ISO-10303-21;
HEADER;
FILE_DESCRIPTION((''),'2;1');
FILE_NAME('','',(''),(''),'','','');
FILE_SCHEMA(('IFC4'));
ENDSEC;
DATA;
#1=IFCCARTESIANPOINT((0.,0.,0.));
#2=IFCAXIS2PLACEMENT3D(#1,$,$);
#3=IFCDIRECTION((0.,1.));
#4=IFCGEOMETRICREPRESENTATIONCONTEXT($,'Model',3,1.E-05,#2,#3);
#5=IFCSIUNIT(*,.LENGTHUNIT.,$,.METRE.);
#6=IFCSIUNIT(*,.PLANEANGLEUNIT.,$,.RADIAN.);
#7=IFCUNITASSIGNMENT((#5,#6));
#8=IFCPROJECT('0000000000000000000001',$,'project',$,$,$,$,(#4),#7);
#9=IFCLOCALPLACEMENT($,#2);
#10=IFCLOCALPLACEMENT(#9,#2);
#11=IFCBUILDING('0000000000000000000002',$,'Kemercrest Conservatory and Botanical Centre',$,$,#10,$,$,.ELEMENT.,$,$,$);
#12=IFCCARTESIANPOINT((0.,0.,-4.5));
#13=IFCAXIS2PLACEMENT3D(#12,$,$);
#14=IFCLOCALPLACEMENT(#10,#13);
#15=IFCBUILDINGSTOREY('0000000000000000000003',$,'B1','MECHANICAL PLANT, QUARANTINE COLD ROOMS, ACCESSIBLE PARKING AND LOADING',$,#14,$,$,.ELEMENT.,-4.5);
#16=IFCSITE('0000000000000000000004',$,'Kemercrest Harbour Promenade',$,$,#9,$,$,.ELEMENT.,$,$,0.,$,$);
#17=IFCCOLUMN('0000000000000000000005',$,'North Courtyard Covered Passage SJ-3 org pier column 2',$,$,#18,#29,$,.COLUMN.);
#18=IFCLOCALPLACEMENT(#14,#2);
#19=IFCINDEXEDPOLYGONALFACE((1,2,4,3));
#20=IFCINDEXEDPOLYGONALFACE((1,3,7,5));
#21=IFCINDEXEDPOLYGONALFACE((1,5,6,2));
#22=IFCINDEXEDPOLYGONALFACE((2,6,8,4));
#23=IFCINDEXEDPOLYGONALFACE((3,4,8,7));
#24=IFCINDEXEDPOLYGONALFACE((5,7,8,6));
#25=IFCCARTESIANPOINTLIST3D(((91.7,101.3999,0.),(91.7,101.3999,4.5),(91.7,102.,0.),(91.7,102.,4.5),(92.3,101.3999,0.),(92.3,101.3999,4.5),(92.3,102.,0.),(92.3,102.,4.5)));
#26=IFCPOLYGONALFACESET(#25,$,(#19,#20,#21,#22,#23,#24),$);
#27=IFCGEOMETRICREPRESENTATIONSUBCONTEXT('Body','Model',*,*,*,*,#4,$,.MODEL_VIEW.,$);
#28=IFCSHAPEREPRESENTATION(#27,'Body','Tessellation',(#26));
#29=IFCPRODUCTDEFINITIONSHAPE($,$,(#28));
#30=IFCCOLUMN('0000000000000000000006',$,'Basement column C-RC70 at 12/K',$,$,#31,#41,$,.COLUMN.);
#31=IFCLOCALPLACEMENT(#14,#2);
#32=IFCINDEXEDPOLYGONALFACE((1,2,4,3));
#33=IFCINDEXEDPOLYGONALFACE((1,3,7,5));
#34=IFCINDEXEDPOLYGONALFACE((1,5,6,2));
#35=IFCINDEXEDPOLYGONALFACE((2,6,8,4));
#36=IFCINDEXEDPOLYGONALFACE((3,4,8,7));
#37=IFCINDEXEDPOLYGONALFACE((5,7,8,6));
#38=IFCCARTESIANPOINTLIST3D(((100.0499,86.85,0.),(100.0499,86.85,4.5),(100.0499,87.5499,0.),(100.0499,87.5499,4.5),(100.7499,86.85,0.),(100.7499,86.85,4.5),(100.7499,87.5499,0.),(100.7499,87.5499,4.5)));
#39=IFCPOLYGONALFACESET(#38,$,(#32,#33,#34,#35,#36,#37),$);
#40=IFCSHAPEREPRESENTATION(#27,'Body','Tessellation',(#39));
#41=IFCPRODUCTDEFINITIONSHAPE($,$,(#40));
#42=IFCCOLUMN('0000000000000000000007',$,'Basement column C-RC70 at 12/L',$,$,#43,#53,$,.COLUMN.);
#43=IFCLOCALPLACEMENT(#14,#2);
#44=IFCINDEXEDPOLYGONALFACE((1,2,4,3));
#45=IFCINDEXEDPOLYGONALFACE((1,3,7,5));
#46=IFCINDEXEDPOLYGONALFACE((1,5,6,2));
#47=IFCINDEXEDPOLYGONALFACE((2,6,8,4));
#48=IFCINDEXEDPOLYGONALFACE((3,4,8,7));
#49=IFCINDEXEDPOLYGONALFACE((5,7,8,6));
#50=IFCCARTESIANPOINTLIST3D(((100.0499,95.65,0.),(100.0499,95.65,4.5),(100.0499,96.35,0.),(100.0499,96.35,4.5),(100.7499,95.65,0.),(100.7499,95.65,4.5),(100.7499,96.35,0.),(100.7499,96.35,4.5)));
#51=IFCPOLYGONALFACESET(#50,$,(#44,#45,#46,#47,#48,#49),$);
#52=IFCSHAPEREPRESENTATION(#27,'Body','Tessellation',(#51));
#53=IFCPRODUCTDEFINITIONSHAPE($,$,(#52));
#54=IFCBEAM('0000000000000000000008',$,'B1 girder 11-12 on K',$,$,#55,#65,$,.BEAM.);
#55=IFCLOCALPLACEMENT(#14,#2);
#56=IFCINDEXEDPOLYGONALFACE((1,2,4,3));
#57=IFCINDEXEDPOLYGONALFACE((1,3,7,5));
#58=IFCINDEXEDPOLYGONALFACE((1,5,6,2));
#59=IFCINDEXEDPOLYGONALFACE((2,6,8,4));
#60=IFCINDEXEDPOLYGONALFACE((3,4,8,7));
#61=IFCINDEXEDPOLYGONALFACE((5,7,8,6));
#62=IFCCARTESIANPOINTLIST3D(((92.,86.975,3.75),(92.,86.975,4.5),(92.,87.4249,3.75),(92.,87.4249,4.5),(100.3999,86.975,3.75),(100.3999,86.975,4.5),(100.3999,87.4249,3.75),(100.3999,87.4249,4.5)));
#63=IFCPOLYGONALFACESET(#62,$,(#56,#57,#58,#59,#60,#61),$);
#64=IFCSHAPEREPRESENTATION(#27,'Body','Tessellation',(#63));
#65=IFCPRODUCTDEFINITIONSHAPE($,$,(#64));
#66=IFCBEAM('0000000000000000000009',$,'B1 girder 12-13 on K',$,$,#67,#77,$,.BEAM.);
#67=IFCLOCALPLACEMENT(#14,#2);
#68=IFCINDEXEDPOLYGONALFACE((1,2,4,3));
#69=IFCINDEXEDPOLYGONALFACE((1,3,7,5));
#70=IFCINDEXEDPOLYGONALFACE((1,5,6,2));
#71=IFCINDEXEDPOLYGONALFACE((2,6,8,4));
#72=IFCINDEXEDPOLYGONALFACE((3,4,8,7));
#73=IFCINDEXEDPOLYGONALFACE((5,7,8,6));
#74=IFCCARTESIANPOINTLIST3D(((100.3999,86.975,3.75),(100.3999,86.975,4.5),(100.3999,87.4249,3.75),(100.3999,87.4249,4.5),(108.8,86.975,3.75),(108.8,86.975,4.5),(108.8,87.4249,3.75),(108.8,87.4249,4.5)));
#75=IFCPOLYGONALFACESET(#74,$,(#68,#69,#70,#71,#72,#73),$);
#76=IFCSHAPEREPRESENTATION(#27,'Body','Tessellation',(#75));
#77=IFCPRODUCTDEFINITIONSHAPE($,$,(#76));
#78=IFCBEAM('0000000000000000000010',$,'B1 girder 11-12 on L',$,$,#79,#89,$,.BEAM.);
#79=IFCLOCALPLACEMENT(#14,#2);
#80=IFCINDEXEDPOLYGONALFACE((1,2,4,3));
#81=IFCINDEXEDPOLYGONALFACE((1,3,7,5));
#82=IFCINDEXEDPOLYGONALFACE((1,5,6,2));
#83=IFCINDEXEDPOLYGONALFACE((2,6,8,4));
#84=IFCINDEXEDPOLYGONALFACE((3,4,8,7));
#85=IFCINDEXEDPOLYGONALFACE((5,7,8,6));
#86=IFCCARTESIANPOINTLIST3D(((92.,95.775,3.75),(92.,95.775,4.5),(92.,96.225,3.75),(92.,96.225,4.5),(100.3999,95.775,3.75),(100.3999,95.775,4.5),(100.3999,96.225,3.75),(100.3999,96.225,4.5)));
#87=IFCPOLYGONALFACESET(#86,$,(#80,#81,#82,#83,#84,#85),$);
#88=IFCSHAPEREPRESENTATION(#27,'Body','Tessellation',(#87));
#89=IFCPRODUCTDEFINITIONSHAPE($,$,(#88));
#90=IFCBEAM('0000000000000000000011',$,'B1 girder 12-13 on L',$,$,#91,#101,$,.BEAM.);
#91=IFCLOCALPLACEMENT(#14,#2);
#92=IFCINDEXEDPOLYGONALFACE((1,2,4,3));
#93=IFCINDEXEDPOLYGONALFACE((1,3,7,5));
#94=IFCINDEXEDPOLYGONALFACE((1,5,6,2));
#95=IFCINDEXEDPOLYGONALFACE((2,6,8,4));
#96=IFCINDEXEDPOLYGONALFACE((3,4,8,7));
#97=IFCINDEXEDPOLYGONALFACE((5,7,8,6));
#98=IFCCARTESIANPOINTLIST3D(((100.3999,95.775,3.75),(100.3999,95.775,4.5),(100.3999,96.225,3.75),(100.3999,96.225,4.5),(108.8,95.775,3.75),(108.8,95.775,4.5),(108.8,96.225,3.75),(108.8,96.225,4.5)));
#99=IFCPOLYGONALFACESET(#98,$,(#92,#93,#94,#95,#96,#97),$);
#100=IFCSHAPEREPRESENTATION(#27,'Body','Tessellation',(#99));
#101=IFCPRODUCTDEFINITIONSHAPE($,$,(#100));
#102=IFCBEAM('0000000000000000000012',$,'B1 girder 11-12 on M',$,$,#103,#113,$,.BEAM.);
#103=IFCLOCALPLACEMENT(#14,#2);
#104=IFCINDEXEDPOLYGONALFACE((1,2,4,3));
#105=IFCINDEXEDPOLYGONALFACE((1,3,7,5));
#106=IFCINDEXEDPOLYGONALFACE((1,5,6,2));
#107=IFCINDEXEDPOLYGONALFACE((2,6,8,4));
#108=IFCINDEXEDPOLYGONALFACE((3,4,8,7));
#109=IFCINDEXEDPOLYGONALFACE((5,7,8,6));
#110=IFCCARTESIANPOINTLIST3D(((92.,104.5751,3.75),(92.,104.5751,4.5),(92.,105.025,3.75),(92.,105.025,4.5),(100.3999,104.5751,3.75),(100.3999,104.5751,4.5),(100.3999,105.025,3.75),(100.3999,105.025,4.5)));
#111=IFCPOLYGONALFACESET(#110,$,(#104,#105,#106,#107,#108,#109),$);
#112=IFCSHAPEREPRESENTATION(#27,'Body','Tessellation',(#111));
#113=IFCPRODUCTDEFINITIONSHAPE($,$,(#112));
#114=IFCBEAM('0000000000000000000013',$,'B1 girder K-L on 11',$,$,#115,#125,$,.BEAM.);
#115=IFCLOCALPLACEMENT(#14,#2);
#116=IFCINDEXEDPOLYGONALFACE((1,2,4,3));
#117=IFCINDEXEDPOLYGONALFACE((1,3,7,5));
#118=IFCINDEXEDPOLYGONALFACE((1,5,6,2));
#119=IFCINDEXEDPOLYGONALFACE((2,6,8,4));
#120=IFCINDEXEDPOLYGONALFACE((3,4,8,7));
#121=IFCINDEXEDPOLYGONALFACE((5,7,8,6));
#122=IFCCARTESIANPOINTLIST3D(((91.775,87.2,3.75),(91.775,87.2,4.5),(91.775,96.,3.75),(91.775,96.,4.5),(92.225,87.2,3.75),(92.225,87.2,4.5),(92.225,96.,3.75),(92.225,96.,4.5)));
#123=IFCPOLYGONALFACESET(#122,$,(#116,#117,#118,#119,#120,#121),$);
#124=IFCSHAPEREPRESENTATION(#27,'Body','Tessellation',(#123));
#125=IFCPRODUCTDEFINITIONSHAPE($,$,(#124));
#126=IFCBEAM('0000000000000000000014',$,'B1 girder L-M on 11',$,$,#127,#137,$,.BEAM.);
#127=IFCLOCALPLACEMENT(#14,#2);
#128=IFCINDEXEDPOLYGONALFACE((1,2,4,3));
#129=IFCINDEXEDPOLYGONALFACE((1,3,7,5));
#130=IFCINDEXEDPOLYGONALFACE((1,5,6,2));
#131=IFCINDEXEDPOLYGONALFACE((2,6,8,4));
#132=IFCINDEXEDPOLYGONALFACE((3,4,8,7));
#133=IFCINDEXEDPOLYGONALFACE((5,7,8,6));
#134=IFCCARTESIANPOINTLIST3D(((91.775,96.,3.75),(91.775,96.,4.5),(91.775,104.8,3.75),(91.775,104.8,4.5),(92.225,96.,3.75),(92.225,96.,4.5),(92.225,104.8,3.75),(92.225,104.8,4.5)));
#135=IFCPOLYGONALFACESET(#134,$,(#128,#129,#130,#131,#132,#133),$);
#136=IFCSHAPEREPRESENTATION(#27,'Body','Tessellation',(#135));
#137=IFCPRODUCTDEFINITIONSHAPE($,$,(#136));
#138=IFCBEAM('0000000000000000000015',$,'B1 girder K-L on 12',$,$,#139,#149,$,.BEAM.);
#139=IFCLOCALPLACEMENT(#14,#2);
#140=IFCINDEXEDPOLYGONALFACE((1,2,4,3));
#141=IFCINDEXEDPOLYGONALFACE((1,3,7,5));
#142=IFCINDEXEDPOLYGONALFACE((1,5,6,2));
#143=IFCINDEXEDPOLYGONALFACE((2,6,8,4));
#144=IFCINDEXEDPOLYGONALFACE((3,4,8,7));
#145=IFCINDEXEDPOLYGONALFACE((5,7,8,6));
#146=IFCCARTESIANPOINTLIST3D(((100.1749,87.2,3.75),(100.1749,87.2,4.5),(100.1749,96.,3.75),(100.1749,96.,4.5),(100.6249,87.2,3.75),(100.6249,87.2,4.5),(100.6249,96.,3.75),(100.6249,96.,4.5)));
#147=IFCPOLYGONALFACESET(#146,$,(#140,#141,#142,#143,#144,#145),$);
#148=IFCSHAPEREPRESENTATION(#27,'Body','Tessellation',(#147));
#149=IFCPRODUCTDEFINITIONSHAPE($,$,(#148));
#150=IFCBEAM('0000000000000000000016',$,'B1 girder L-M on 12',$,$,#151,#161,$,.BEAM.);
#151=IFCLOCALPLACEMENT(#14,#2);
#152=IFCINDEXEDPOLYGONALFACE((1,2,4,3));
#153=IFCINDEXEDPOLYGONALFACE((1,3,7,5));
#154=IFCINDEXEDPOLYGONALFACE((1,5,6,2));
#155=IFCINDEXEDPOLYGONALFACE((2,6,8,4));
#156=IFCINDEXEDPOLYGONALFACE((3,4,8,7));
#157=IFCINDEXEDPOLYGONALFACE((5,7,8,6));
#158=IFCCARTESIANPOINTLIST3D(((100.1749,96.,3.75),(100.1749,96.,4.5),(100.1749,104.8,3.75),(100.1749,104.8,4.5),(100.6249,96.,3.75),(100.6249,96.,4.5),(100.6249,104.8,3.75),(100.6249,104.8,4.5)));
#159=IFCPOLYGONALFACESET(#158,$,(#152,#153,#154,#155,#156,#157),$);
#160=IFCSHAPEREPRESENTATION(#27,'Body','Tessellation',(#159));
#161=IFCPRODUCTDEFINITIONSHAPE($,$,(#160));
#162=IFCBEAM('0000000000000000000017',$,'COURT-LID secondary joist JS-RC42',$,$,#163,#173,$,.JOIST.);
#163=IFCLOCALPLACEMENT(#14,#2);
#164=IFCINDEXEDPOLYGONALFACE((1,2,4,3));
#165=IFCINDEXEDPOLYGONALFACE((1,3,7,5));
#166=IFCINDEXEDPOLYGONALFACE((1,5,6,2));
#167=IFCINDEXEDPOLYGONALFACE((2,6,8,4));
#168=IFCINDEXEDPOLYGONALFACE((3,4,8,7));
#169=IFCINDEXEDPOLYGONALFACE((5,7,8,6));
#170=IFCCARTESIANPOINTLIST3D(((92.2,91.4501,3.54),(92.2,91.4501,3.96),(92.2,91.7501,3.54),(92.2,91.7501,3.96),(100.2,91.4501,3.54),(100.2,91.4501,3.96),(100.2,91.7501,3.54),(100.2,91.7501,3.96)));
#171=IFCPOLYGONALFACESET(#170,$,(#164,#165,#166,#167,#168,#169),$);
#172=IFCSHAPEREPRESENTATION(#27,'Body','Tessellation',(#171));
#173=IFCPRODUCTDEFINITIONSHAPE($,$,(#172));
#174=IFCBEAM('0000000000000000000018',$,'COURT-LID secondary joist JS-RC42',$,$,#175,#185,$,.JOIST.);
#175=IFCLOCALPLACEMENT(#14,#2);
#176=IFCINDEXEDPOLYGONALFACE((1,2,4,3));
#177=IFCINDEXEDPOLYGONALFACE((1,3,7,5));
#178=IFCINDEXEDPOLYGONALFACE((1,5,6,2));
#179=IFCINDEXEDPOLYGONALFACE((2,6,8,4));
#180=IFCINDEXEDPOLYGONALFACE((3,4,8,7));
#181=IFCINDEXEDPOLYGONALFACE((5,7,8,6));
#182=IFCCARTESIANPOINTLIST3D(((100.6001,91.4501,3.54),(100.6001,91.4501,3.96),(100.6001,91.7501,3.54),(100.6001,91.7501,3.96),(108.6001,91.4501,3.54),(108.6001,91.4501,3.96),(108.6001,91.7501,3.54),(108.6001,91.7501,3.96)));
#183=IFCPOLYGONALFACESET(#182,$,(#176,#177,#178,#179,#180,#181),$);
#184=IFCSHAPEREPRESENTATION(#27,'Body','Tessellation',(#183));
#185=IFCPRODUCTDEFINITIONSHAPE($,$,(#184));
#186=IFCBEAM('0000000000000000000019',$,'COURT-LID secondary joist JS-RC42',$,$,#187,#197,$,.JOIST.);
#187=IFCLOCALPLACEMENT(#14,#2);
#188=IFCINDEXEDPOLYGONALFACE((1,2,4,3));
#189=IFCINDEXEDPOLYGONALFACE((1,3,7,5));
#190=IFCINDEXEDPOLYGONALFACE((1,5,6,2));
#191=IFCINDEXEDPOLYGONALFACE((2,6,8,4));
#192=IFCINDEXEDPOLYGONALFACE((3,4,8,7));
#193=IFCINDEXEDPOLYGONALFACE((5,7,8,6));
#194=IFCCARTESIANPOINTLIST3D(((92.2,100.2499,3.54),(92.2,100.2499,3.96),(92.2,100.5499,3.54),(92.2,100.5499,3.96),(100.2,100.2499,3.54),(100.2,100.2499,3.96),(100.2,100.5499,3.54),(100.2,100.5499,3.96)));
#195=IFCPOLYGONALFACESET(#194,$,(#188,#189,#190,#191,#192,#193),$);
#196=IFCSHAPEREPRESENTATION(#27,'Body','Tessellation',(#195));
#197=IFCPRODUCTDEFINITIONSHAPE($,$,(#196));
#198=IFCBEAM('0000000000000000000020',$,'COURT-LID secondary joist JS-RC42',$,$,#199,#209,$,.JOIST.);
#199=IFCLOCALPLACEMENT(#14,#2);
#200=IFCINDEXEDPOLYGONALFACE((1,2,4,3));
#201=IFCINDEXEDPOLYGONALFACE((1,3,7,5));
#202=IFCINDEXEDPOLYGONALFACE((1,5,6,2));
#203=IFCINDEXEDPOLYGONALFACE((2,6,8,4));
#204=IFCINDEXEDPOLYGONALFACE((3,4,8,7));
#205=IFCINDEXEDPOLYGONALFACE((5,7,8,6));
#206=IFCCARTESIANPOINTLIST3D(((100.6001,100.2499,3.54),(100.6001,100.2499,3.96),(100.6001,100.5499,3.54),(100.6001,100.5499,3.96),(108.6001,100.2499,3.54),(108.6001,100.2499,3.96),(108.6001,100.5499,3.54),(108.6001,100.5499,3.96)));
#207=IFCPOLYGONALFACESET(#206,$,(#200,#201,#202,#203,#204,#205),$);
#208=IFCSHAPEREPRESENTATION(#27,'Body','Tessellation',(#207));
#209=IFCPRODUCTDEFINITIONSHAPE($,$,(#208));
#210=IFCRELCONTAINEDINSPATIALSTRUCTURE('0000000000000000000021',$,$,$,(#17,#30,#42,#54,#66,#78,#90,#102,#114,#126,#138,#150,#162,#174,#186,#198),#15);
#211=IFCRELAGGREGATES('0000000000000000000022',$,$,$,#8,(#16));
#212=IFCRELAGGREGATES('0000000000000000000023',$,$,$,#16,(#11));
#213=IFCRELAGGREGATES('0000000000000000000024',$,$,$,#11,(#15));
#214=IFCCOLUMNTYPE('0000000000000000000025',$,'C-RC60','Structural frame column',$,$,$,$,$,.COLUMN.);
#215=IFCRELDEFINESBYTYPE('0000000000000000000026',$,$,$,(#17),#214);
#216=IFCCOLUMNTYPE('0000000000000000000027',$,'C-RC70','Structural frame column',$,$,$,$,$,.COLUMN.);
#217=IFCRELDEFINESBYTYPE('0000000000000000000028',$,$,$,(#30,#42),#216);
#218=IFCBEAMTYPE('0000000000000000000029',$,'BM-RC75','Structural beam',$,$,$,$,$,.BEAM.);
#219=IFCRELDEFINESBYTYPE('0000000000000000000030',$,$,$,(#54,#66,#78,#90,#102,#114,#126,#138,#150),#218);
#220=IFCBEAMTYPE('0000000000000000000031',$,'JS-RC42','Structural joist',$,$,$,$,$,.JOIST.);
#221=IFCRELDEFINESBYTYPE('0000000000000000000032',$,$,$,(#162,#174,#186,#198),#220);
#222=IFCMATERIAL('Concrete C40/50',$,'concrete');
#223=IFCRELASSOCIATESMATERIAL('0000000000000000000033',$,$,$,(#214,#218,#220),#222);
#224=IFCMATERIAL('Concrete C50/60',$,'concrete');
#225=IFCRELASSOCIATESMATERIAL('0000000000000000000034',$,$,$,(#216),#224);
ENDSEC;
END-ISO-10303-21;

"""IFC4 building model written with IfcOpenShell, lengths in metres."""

from ifc_helpers import new_model, si_unit, direction, frame, origin, origin_2d, place, context, subcontext, project, spatial, rectangle, extrude, material, material_profile, profile_set, type_object, element, save


model = new_model("IFC4")

# Units and contexts
model_context = context("Model", 3, precision=1e-05, world=origin(), true_north=direction((0.0, 1.0)))
body_context = subcontext(model_context, "Body", "Model", "MODEL_VIEW")
ifc_project = project(units=[si_unit("LENGTHUNIT", "METRE"), si_unit("PLANEANGLEUNIT", "RADIAN")], contexts=[model_context])

# Site, building, storey
site_placement = place(None, origin())
site = spatial("IfcSite", under=ifc_project, at=site_placement, Name="Kemercrest Harbour Promenade", CompositionType="ELEMENT", RefElevation=0.0)
building_placement = place(site_placement, origin())
building = spatial("IfcBuilding", under=site, at=building_placement, Name="Kemercrest Conservatory and Botanical Centre", CompositionType="ELEMENT")
storey_placement = place(building_placement, frame((0.0, 0.0, -4.5)))
storey = spatial("IfcBuildingStorey", under=building, at=storey_placement, Name="B1", Description="MECHANICAL PLANT, QUARANTINE COLD ROOMS, ACCESSIBLE PARKING AND LOADING", CompositionType="ELEMENT", Elevation=-4.5)

# Shared definitions
ifc_material_1 = material(Name="Concrete C40/50", Category="concrete")

# Columns
ifc_material_profile_1 = material_profile(ifc_material_1, rectangle(XDim=0.6001, YDim=0.6001, at=origin_2d()), Name="RC 600x600")
ifc_profile_set_1 = profile_set([ifc_material_profile_1], Name="Concrete C40/50")
column_type_1 = type_object("IfcColumnType", Name="C-RC60", Description="Structural frame column", PredefinedType="COLUMN", material=ifc_profile_set_1)
for number, where, z_axis, x_axis, name in (
    (1, (92.0, 101.7, 0.0), (0.0, 0.0, 1.0), (1.0, 0.0, 0.0), "North Courtyard Covered Passage SJ-3 org pier column 2"),
):
    element("IfcColumn", number, at=place(storey_placement, frame(where, z_axis=z_axis, x_axis=x_axis)), inside=storey, type_object=column_type_1, Name=name, PredefinedType="COLUMN", context=body_context, shape_type="SweptSolid", body=[
        extrude(rectangle(XDim=0.6001, YDim=0.6001, at=origin_2d()), origin(), (0.0, 0.0, 1.0), 4.5),
    ])
ifc_material_2 = material(Name="Concrete C50/60", Category="concrete")
ifc_material_profile_2 = material_profile(ifc_material_2, rectangle(XDim=0.7, YDim=0.7, at=origin_2d()), Name="RC 700x700")
ifc_profile_set_2 = profile_set([ifc_material_profile_2], Name="Concrete C50/60")
column_type_2 = type_object("IfcColumnType", Name="C-RC70", Description="Structural frame column", PredefinedType="COLUMN", material=ifc_profile_set_2)
for number, where, z_axis, x_axis, name in (
    (2, (100.3999, 87.2, 0.0), (0.0, 0.0, 1.0), (1.0, 0.0, 0.0), "Basement column C-RC70 at 12/K"),
    (3, (100.3999, 96.0, 0.0), (0.0, 0.0, 1.0), (1.0, 0.0, 0.0), "Basement column C-RC70 at 12/L"),
):
    element("IfcColumn", number, at=place(storey_placement, frame(where, z_axis=z_axis, x_axis=x_axis)), inside=storey, type_object=column_type_2, Name=name, PredefinedType="COLUMN", context=body_context, shape_type="SweptSolid", body=[
        extrude(rectangle(XDim=0.7, YDim=0.7, at=origin_2d()), origin(), (0.0, 0.0, 1.0), 4.5),
    ])

# Beams
ifc_material_profile_3 = material_profile(ifc_material_1, rectangle(XDim=0.45, YDim=0.75, at=origin_2d()), Name="RC 450x750")
ifc_profile_set_3 = profile_set([ifc_material_profile_3], Name="Concrete C40/50")
beam_type_1 = type_object("IfcBeamType", Name="BM-RC75", Description="Structural beam", PredefinedType="BEAM", material=ifc_profile_set_3)
beam_1_placement = place(storey_placement, frame((92.0, 87.2, 4.125), z_axis=(1.0, 0.0, 0.0), x_axis=(0.0, 1.0, 0.0)))
element("IfcBeam", 4, at=beam_1_placement, inside=storey, type_object=beam_type_1, Name="B1 girder 11-12 on K", PredefinedType="BEAM", context=body_context, shape_type="SweptSolid", body=[
    extrude(rectangle(XDim=0.45, YDim=0.75, at=origin_2d()), origin(), (0.0, 0.0, 1.0), 8.3999),
])
beam_2_placement = place(storey_placement, frame((100.3999, 87.2, 4.125), z_axis=(1.0, 0.0, 0.0), x_axis=(0.0, 1.0, 0.0)))
element("IfcBeam", 5, at=beam_2_placement, inside=storey, type_object=beam_type_1, Name="B1 girder 12-13 on K", PredefinedType="BEAM", context=body_context, shape_type="SweptSolid", body=[
    extrude(rectangle(XDim=0.45, YDim=0.75, at=origin_2d()), origin(), (0.0, 0.0, 1.0), 8.4001),
])
beam_3_placement = place(storey_placement, frame((92.0, 96.0, 4.125), z_axis=(1.0, 0.0, 0.0), x_axis=(0.0, 1.0, 0.0)))
element("IfcBeam", 6, at=beam_3_placement, inside=storey, type_object=beam_type_1, Name="B1 girder 11-12 on L", PredefinedType="BEAM", context=body_context, shape_type="SweptSolid", body=[
    extrude(rectangle(XDim=0.45, YDim=0.75, at=origin_2d()), origin(), (0.0, 0.0, 1.0), 8.3999),
])
beam_4_placement = place(storey_placement, frame((100.3999, 96.0, 4.125), z_axis=(1.0, 0.0, 0.0), x_axis=(0.0, 1.0, 0.0)))
element("IfcBeam", 7, at=beam_4_placement, inside=storey, type_object=beam_type_1, Name="B1 girder 12-13 on L", PredefinedType="BEAM", context=body_context, shape_type="SweptSolid", body=[
    extrude(rectangle(XDim=0.45, YDim=0.75, at=origin_2d()), origin(), (0.0, 0.0, 1.0), 8.4001),
])
beam_5_placement = place(storey_placement, frame((92.0, 104.8, 4.125), z_axis=(1.0, 0.0, 0.0), x_axis=(0.0, 1.0, 0.0)))
element("IfcBeam", 8, at=beam_5_placement, inside=storey, type_object=beam_type_1, Name="B1 girder 11-12 on M", PredefinedType="BEAM", context=body_context, shape_type="SweptSolid", body=[
    extrude(rectangle(XDim=0.45, YDim=0.75, at=origin_2d()), origin(), (0.0, 0.0, 1.0), 8.3999),
])
for number, where, z_axis, x_axis, name in (
    (9, (92.0, 87.2, 4.125), (0.0, 1.0, 0.0), (-1.0, 0.0, 0.0), "B1 girder K-L on 11"),
    (10, (92.0, 96.0, 4.125), (0.0, 1.0, 0.0), (-1.0, 0.0, 0.0), "B1 girder L-M on 11"),
    (11, (100.3999, 87.2, 4.125), (0.0, 1.0, 0.0), (-1.0, 0.0, 0.0), "B1 girder K-L on 12"),
    (12, (100.3999, 96.0, 4.125), (0.0, 1.0, 0.0), (-1.0, 0.0, 0.0), "B1 girder L-M on 12"),
):
    element("IfcBeam", number, at=place(storey_placement, frame(where, z_axis=z_axis, x_axis=x_axis)), inside=storey, type_object=beam_type_1, Name=name, PredefinedType="BEAM", context=body_context, shape_type="SweptSolid", body=[
        extrude(rectangle(XDim=0.45, YDim=0.75, at=origin_2d()), origin(), (0.0, 0.0, 1.0), 8.8),
    ])
ifc_material_profile_4 = material_profile(ifc_material_1, rectangle(XDim=0.3, YDim=0.4199, at=origin_2d()), Name="RC 300x420")
ifc_profile_set_4 = profile_set([ifc_material_profile_4], Name="Concrete C40/50")
beam_type_2 = type_object("IfcBeamType", Name="JS-RC42", Description="Structural joist", PredefinedType="JOIST", material=ifc_profile_set_4)
for number, where, z_axis, x_axis, name in (
    (13, (92.2, 91.6001, 3.75), (1.0, 0.0, 0.0), (0.0, 1.0, 0.0), "COURT-LID secondary joist JS-RC42"),
    (14, (100.6001, 91.6001, 3.75), (1.0, 0.0, 0.0), (0.0, 1.0, 0.0), "COURT-LID secondary joist JS-RC42"),
    (15, (92.2, 100.3999, 3.75), (1.0, 0.0, 0.0), (0.0, 1.0, 0.0), "COURT-LID secondary joist JS-RC42"),
    (16, (100.6001, 100.3999, 3.75), (1.0, 0.0, 0.0), (0.0, 1.0, 0.0), "COURT-LID secondary joist JS-RC42"),
):
    element("IfcBeam", number, at=place(storey_placement, frame(where, z_axis=z_axis, x_axis=x_axis)), inside=storey, type_object=beam_type_2, Name=name, PredefinedType="JOIST", context=body_context, shape_type="SweptSolid", body=[
        extrude(rectangle(XDim=0.3, YDim=0.4199, at=origin_2d()), origin(), (0.0, 0.0, 1.0), 8.0),
    ])

save(model, "model.ifc")
